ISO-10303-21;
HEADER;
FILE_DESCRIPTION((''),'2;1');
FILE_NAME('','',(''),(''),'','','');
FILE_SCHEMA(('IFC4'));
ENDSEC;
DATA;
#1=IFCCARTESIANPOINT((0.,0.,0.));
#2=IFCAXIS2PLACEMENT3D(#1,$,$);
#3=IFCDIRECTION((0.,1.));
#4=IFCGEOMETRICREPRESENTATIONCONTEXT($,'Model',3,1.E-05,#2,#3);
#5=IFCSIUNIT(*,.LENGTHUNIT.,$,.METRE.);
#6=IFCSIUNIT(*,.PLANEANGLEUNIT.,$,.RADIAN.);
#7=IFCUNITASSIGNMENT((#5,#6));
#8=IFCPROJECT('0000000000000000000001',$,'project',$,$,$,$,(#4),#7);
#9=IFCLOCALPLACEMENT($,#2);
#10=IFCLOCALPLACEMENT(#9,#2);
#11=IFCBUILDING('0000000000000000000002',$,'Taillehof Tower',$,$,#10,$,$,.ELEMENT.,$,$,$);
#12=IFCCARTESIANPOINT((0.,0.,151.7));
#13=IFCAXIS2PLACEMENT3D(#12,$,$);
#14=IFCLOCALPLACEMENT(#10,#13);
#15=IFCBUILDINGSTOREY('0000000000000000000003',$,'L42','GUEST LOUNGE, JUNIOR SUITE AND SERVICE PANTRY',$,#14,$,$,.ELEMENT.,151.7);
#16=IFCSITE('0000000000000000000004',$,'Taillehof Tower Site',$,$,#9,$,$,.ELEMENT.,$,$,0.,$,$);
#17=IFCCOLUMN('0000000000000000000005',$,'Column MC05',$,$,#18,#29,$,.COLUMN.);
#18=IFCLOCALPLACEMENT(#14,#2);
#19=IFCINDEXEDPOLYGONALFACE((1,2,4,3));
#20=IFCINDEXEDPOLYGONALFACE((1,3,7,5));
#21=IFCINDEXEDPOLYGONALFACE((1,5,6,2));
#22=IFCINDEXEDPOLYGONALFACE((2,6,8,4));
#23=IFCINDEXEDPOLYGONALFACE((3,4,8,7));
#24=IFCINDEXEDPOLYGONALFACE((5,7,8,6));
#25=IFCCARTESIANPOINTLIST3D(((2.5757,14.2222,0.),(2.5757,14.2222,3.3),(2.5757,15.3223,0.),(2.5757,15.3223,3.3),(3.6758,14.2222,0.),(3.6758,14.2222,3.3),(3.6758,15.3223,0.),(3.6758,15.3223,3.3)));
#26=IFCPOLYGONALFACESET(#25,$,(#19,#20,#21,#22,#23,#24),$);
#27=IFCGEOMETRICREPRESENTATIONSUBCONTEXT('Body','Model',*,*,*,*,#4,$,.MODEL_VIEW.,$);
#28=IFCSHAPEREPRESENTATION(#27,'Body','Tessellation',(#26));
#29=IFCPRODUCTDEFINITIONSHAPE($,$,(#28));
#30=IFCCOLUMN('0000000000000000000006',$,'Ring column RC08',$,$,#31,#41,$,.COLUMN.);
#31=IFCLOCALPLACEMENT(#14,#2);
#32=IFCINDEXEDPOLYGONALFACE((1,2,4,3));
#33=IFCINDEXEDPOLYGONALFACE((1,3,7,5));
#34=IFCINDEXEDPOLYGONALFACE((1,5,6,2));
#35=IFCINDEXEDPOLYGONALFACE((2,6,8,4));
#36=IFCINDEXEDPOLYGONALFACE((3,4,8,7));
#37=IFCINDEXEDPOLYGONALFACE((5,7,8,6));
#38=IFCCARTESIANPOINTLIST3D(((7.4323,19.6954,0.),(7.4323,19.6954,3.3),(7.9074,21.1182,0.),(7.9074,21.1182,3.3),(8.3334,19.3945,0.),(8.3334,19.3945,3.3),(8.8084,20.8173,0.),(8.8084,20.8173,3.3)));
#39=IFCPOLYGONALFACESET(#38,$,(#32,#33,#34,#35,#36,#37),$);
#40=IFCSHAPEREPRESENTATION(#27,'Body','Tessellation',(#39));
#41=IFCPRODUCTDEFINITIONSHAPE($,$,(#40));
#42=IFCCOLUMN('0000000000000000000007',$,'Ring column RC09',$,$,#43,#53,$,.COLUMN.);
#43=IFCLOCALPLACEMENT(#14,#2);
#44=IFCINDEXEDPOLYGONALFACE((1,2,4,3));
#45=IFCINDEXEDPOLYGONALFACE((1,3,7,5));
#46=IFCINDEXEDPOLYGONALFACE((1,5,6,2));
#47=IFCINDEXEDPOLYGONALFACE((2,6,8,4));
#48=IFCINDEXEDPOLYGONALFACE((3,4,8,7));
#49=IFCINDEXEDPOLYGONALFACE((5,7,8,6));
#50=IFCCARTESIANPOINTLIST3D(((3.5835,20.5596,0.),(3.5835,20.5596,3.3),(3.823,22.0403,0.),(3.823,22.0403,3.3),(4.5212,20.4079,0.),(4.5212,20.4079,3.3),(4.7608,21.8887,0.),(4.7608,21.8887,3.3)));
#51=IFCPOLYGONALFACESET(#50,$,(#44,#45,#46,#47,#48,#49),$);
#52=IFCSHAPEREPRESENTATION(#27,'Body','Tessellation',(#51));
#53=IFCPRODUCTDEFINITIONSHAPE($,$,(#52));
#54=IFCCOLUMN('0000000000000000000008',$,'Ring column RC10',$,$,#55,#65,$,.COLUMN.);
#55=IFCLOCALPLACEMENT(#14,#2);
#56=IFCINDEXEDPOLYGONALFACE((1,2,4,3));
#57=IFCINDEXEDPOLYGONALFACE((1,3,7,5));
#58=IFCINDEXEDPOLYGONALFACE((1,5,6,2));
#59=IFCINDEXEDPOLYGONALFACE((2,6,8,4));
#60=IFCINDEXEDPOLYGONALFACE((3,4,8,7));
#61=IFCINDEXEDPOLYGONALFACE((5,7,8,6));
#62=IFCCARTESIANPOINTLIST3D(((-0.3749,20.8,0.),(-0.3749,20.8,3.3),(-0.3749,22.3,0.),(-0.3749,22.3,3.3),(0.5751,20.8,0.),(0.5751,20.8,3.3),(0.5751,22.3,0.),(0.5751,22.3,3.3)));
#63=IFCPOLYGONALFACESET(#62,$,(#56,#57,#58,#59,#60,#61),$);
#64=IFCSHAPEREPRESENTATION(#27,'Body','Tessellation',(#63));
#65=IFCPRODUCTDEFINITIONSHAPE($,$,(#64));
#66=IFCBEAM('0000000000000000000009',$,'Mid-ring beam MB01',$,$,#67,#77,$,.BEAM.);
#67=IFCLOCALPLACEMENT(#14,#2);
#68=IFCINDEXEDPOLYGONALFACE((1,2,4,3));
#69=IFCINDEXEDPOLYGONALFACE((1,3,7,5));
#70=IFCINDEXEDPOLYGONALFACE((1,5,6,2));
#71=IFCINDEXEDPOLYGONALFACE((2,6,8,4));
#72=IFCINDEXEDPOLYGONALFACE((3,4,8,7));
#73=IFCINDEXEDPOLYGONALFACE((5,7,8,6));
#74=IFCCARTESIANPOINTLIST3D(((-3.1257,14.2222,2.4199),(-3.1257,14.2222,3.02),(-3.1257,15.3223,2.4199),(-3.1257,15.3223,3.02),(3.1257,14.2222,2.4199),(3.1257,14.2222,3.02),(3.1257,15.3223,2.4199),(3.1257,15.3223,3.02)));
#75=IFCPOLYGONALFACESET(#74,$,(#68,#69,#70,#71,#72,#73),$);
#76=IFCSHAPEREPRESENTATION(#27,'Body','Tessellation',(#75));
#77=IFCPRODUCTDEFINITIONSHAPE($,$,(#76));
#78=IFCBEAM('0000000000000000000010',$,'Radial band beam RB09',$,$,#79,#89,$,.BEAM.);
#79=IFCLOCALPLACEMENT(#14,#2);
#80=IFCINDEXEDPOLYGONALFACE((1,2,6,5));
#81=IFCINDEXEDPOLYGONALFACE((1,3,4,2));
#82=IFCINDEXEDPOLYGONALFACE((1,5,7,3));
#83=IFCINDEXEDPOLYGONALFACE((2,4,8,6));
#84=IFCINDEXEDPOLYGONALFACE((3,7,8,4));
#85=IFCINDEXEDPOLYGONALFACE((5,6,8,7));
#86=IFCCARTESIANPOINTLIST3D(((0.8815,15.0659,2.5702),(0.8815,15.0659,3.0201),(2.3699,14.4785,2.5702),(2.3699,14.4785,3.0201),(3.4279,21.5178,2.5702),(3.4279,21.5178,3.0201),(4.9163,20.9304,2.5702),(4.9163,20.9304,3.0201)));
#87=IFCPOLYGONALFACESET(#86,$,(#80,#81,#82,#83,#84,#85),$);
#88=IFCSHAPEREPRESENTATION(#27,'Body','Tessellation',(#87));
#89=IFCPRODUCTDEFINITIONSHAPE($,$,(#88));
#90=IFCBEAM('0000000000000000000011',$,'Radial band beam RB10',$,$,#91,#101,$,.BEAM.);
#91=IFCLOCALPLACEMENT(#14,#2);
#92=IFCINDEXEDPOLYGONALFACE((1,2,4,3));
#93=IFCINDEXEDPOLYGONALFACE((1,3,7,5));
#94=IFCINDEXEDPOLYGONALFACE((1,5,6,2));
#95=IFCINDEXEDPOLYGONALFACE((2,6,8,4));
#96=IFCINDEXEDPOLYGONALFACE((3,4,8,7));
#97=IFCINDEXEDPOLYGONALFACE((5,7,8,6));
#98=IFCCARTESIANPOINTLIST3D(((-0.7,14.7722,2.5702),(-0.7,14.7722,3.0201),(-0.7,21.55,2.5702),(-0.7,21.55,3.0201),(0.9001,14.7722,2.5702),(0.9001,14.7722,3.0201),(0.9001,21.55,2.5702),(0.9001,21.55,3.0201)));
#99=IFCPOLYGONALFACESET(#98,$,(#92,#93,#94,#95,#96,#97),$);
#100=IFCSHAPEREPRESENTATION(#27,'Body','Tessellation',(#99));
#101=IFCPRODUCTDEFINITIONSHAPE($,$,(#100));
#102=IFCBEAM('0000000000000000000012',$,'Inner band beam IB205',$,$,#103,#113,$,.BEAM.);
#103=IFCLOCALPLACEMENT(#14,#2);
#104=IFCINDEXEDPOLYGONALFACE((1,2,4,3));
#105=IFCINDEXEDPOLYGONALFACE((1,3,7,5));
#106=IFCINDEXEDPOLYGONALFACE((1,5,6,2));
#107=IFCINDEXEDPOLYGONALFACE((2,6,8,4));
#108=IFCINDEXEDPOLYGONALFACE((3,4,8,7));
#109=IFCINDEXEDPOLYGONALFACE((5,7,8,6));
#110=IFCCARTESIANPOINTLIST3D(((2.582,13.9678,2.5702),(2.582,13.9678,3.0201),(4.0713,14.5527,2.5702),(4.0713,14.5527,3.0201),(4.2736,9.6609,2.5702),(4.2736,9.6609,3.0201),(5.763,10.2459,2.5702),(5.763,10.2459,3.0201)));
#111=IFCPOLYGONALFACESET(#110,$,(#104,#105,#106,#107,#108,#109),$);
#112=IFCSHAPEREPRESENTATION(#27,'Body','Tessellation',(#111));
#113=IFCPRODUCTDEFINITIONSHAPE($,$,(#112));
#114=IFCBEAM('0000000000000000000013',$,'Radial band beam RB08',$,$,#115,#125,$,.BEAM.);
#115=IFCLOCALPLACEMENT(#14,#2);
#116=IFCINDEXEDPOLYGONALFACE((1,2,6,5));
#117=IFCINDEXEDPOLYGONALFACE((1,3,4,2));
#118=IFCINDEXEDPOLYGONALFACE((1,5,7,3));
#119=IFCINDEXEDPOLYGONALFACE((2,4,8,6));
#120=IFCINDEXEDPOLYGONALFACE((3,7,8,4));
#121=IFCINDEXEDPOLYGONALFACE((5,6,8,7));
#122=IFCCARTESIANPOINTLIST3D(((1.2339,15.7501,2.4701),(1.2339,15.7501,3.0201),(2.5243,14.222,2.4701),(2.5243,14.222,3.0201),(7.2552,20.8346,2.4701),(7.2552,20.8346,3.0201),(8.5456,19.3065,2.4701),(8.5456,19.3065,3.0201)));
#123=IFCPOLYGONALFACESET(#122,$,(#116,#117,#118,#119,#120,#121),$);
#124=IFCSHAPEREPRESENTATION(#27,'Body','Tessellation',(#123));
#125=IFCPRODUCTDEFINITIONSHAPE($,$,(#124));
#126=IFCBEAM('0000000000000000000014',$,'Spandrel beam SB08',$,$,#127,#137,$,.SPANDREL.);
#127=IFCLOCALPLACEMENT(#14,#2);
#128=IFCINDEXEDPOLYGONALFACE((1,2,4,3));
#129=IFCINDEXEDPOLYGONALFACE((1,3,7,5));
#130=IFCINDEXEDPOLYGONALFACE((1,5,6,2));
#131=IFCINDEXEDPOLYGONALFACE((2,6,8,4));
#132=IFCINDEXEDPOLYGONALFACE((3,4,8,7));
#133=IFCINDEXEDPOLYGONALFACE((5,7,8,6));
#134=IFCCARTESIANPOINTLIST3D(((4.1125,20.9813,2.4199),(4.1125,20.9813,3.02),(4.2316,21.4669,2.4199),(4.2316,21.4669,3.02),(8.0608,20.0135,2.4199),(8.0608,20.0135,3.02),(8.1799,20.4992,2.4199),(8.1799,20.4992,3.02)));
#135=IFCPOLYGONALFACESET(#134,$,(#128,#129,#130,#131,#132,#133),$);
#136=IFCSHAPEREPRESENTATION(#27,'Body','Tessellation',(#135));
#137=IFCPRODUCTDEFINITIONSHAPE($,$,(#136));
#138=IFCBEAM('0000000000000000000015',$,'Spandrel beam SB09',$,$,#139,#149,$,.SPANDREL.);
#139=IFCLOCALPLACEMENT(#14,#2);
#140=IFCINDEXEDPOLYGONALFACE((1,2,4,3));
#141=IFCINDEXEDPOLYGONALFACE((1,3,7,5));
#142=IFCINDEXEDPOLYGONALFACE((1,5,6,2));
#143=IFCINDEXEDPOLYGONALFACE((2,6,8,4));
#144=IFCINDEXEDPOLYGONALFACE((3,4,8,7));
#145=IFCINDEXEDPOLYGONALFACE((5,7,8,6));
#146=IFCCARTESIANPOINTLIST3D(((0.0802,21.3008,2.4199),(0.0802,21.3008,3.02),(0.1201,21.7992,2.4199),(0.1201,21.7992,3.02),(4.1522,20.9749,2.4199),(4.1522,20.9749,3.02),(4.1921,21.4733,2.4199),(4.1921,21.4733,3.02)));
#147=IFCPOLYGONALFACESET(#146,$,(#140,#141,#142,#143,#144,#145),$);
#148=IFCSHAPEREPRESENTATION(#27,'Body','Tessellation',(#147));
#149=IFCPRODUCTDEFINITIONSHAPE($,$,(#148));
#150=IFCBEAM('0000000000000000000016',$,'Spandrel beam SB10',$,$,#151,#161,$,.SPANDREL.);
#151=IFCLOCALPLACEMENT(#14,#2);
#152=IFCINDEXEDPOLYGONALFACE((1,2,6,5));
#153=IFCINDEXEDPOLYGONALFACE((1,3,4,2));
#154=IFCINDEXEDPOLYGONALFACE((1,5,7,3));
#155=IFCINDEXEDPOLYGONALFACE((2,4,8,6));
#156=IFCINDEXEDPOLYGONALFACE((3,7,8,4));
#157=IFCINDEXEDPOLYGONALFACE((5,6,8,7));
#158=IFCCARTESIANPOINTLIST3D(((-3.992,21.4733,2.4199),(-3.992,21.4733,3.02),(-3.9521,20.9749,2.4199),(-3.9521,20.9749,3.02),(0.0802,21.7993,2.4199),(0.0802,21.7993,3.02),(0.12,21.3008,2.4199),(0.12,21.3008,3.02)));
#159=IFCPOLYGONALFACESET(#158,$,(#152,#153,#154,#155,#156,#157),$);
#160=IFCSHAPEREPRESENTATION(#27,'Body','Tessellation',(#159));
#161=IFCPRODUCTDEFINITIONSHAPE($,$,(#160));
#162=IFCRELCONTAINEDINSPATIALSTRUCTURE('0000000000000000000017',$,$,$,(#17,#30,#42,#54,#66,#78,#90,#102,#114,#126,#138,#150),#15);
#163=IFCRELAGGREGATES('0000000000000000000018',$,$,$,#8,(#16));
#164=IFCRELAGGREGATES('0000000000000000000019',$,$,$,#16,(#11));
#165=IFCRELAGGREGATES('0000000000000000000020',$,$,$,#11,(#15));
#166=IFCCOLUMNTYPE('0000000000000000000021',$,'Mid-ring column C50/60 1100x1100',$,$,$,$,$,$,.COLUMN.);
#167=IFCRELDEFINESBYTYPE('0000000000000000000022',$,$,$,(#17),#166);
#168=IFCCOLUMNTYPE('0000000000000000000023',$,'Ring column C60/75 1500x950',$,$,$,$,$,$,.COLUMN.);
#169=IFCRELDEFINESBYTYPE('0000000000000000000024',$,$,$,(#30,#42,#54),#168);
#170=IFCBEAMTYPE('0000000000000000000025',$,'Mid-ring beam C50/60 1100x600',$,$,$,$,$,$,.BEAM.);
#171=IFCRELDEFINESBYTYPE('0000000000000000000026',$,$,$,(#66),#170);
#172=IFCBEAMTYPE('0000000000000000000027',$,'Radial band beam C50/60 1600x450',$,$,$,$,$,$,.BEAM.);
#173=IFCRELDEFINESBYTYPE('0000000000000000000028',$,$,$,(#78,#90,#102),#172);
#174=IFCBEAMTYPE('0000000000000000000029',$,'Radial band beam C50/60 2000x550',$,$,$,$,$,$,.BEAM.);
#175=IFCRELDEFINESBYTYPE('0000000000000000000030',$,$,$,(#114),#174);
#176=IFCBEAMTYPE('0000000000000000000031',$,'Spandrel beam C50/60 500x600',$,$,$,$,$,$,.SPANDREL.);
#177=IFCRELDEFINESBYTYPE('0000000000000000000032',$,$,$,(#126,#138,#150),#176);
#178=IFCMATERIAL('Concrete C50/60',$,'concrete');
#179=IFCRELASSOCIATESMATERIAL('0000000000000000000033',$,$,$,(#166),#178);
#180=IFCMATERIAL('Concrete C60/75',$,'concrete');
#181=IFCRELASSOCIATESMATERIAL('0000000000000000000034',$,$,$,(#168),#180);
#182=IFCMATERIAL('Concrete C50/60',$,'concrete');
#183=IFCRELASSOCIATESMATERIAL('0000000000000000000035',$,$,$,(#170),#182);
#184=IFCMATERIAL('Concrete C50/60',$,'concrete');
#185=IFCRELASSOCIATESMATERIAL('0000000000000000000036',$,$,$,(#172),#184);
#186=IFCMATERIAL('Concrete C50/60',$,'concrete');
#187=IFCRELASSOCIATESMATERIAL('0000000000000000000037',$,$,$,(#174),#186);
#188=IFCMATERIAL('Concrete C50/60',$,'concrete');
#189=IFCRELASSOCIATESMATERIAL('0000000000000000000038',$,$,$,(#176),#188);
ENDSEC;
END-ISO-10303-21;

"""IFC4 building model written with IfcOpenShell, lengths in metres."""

from ifc_helpers import new_model, si_unit, direction, frame, origin, origin_2d, place, context, subcontext, project, spatial, rectangle, extrude, material, material_profile, profile_set, type_object, element, save


model = new_model("IFC4")

# Units and contexts
model_context = context("Model", 3, precision=1e-05, world=origin(), true_north=direction((0.0, 1.0)))
body_context = subcontext(model_context, "Body", "Model", "MODEL_VIEW")
ifc_project = project(units=[si_unit("LENGTHUNIT", "METRE"), si_unit("PLANEANGLEUNIT", "RADIAN")], contexts=[model_context])

# Site, building, storey
site_placement = place(None, origin())
site = spatial("IfcSite", under=ifc_project, at=site_placement, Name="Taillehof Tower Site", CompositionType="ELEMENT", RefElevation=0.0)
building_placement = place(site_placement, origin())
building = spatial("IfcBuilding", under=site, at=building_placement, Name="Taillehof Tower", CompositionType="ELEMENT")
storey_placement = place(building_placement, frame((0.0, 0.0, 151.7)))
storey = spatial("IfcBuildingStorey", under=building, at=storey_placement, Name="L42", Description="GUEST LOUNGE, JUNIOR SUITE AND SERVICE PANTRY", CompositionType="ELEMENT", Elevation=151.7)

# Columns
ifc_material_1 = material(Name="Concrete C50/60", Category="concrete")
ifc_material_profile_1 = material_profile(ifc_material_1, rectangle(XDim=1.1001, YDim=1.1001, at=origin_2d()), Name="RC 1100x1100")
ifc_profile_set_1 = profile_set([ifc_material_profile_1], Name="Concrete C50/60")
column_type_1 = type_object("IfcColumnType", Name="Mid-ring column C50/60 1100x1100", PredefinedType="COLUMN", material=ifc_profile_set_1)
column_placement = place(storey_placement, frame((3.1257, 14.7722, 0.0), z_axis=(0.0, 0.0, 1.0), x_axis=(1.0, 0.0, 0.0)))
element("IfcColumn", 1, at=column_placement, inside=storey, type_object=column_type_1, Name="Column MC05", PredefinedType="COLUMN", context=body_context, shape_type="SweptSolid", body=[
    extrude(rectangle(XDim=1.1001, YDim=1.1001, at=origin_2d()), origin(), (0.0, 0.0, 1.0), 3.3),
])
ifc_material_2 = material(Name="Concrete C60/75", Category="concrete")
ifc_material_profile_2 = material_profile(ifc_material_2, rectangle(XDim=1.5, YDim=0.95, at=origin_2d()), Name="RC 1500x950")
ifc_profile_set_2 = profile_set([ifc_material_profile_2], Name="Concrete C60/75")
column_type_2 = type_object("IfcColumnType", Name="Ring column C60/75 1500x950", PredefinedType="COLUMN", material=ifc_profile_set_2)
for number, where, z_axis, x_axis, name in (
    (2, (8.1204, 20.2563, 0.0), (0.0, 0.0, 1.0), (0.316703, 0.948525, 0.0), "Ring column RC08"),
    (3, (4.1721, 21.2241, 0.0), (0.0, 0.0, 1.0), (0.159679, 0.987169, 0.0), "Ring column RC09"),
    (4, (0.1001, 21.55, 0.0), (0.0, 0.0, 1.0), (0.0, 1.0, 0.0), "Ring column RC10"),
):
    element("IfcColumn", number, at=place(storey_placement, frame(where, z_axis=z_axis, x_axis=x_axis)), inside=storey, type_object=column_type_2, Name=name, PredefinedType="COLUMN", context=body_context, shape_type="SweptSolid", body=[
        extrude(rectangle(XDim=1.5, YDim=0.95, at=origin_2d()), origin(), (0.0, 0.0, 1.0), 3.3),
    ])

# Beams
ifc_material_3 = material(Name="Concrete C50/60", Category="concrete")
ifc_material_profile_3 = material_profile(ifc_material_3, rectangle(XDim=1.1001, YDim=0.6001, at=origin_2d()), Name="RC 1100x600")
ifc_profile_set_3 = profile_set([ifc_material_profile_3], Name="Concrete C50/60")
beam_type_1 = type_object("IfcBeamType", Name="Mid-ring beam C50/60 1100x600", PredefinedType="BEAM", material=ifc_profile_set_3)
beam_1_placement = place(storey_placement, frame((3.1257, 14.7722, 2.72), z_axis=(-1.0, 0.0, 0.0), x_axis=(0.0, -1.0, 0.0)))
element("IfcBeam", 5, at=beam_1_placement, inside=storey, type_object=beam_type_1, Name="Mid-ring beam MB01", PredefinedType="BEAM", context=body_context, shape_type="SweptSolid", body=[
    extrude(rectangle(XDim=1.1001, YDim=0.6001, at=origin_2d()), origin(), (0.0, 0.0, 1.0), 6.2515),
])
ifc_material_4 = material(Name="Concrete C50/60", Category="concrete")
ifc_material_profile_4 = material_profile(ifc_material_4, rectangle(XDim=1.6001, YDim=0.45, at=origin_2d()), Name="RC 1600x450")
ifc_profile_set_4 = profile_set([ifc_material_profile_4], Name="Concrete C50/60")
beam_type_2 = type_object("IfcBeamType", Name="Radial band beam C50/60 1600x450", PredefinedType="BEAM", material=ifc_profile_set_4)
beam_2_placement = place(storey_placement, frame((4.1721, 21.2241, 2.7952), z_axis=(-0.367114, -0.930176, 0.0), x_axis=(0.930176, -0.367114, 0.0)))
element("IfcBeam", 6, at=beam_2_placement, inside=storey, type_object=beam_type_2, Name="Radial band beam RB09", PredefinedType="BEAM", context=body_context, shape_type="SweptSolid", body=[
    extrude(rectangle(XDim=1.6001, YDim=0.45, at=origin_2d()), origin(), (0.0, 0.0, 1.0), 6.9363),
])
beam_3_placement = place(storey_placement, frame((0.1001, 21.55, 2.7952), z_axis=(0.0, -1.0, 0.0), x_axis=(1.0, 0.0, 0.0)))
element("IfcBeam", 7, at=beam_3_placement, inside=storey, type_object=beam_type_2, Name="Radial band beam RB10", PredefinedType="BEAM", context=body_context, shape_type="SweptSolid", body=[
    extrude(rectangle(XDim=1.6001, YDim=0.45, at=origin_2d()), origin(), (0.0, 0.0, 1.0), 6.7778),
])
beam_4_placement = place(storey_placement, frame((3.3267, 14.2603, 2.7952), z_axis=(0.365589, -0.930777, 0.0), x_axis=(0.930777, 0.365589, 0.0)))
element("IfcBeam", 8, at=beam_4_placement, inside=storey, type_object=beam_type_2, Name="Inner band beam IB205", PredefinedType="BEAM", context=body_context, shape_type="SweptSolid", body=[
    extrude(rectangle(XDim=1.6001, YDim=0.45, at=origin_2d()), origin(), (0.0, 0.0, 1.0), 4.6272),
])
ifc_material_5 = material(Name="Concrete C50/60", Category="concrete")
ifc_material_profile_5 = material_profile(ifc_material_5, rectangle(XDim=2.0, YDim=0.55, at=origin_2d()), Name="RC 2000x550")
ifc_profile_set_5 = profile_set([ifc_material_profile_5], Name="Concrete C50/60")
beam_type_3 = type_object("IfcBeamType", Name="Radial band beam C50/60 2000x550", PredefinedType="BEAM", material=ifc_profile_set_5)
beam_5_placement = place(storey_placement, frame((7.9004, 20.0706, 2.7451), z_axis=(-0.764038, -0.645171, 0.0), x_axis=(0.645171, -0.764038, 0.0)))
element("IfcBeam", 9, at=beam_5_placement, inside=storey, type_object=beam_type_3, Name="Radial band beam RB08", PredefinedType="BEAM", context=body_context, shape_type="SweptSolid", body=[
    extrude(rectangle(XDim=2.0, YDim=0.55, at=origin_2d()), origin(), (0.0, 0.0, 1.0), 7.8809),
])
ifc_material_6 = material(Name="Concrete C50/60", Category="concrete")
ifc_material_profile_6 = material_profile(ifc_material_6, rectangle(XDim=0.5, YDim=0.6001, at=origin_2d()), Name="RC 500x600")
ifc_profile_set_6 = profile_set([ifc_material_profile_6], Name="Concrete C50/60")
beam_type_4 = type_object("IfcBeamType", Name="Spandrel beam C50/60 500x600", PredefinedType="SPANDREL", material=ifc_profile_set_6)
beam_6_placement = place(storey_placement, frame((8.1204, 20.2563, 2.72), z_axis=(-0.971249, 0.238068, 0.0), x_axis=(-0.238068, -0.971249, 0.0)))
element("IfcBeam", 10, at=beam_6_placement, inside=storey, type_object=beam_type_4, Name="Spandrel beam SB08", PredefinedType="SPANDREL", context=body_context, shape_type="SweptSolid", body=[
    extrude(rectangle(XDim=0.5, YDim=0.6001, at=origin_2d()), origin(), (0.0, 0.0, 1.0), 4.0652),
])
beam_7_placement = place(storey_placement, frame((4.1721, 21.2241, 2.72), z_axis=(-0.996812, 0.079786, 0.0), x_axis=(-0.079786, -0.996812, 0.0)))
element("IfcBeam", 11, at=beam_7_placement, inside=storey, type_object=beam_type_4, Name="Spandrel beam SB09", PredefinedType="SPANDREL", context=body_context, shape_type="SweptSolid", body=[
    extrude(rectangle(XDim=0.5, YDim=0.6001, at=origin_2d()), origin(), (0.0, 0.0, 1.0), 4.085),
])
beam_8_placement = place(storey_placement, frame((0.1001, 21.55, 2.72), z_axis=(-0.996812, -0.079781, 0.0), x_axis=(0.079781, -0.996812, 0.0)))
element("IfcBeam", 12, at=beam_8_placement, inside=storey, type_object=beam_type_4, Name="Spandrel beam SB10", PredefinedType="SPANDREL", context=body_context, shape_type="SweptSolid", body=[
    extrude(rectangle(XDim=0.5, YDim=0.6001, at=origin_2d()), origin(), (0.0, 0.0, 1.0), 4.0852),
])

save(model, "model.ifc")
